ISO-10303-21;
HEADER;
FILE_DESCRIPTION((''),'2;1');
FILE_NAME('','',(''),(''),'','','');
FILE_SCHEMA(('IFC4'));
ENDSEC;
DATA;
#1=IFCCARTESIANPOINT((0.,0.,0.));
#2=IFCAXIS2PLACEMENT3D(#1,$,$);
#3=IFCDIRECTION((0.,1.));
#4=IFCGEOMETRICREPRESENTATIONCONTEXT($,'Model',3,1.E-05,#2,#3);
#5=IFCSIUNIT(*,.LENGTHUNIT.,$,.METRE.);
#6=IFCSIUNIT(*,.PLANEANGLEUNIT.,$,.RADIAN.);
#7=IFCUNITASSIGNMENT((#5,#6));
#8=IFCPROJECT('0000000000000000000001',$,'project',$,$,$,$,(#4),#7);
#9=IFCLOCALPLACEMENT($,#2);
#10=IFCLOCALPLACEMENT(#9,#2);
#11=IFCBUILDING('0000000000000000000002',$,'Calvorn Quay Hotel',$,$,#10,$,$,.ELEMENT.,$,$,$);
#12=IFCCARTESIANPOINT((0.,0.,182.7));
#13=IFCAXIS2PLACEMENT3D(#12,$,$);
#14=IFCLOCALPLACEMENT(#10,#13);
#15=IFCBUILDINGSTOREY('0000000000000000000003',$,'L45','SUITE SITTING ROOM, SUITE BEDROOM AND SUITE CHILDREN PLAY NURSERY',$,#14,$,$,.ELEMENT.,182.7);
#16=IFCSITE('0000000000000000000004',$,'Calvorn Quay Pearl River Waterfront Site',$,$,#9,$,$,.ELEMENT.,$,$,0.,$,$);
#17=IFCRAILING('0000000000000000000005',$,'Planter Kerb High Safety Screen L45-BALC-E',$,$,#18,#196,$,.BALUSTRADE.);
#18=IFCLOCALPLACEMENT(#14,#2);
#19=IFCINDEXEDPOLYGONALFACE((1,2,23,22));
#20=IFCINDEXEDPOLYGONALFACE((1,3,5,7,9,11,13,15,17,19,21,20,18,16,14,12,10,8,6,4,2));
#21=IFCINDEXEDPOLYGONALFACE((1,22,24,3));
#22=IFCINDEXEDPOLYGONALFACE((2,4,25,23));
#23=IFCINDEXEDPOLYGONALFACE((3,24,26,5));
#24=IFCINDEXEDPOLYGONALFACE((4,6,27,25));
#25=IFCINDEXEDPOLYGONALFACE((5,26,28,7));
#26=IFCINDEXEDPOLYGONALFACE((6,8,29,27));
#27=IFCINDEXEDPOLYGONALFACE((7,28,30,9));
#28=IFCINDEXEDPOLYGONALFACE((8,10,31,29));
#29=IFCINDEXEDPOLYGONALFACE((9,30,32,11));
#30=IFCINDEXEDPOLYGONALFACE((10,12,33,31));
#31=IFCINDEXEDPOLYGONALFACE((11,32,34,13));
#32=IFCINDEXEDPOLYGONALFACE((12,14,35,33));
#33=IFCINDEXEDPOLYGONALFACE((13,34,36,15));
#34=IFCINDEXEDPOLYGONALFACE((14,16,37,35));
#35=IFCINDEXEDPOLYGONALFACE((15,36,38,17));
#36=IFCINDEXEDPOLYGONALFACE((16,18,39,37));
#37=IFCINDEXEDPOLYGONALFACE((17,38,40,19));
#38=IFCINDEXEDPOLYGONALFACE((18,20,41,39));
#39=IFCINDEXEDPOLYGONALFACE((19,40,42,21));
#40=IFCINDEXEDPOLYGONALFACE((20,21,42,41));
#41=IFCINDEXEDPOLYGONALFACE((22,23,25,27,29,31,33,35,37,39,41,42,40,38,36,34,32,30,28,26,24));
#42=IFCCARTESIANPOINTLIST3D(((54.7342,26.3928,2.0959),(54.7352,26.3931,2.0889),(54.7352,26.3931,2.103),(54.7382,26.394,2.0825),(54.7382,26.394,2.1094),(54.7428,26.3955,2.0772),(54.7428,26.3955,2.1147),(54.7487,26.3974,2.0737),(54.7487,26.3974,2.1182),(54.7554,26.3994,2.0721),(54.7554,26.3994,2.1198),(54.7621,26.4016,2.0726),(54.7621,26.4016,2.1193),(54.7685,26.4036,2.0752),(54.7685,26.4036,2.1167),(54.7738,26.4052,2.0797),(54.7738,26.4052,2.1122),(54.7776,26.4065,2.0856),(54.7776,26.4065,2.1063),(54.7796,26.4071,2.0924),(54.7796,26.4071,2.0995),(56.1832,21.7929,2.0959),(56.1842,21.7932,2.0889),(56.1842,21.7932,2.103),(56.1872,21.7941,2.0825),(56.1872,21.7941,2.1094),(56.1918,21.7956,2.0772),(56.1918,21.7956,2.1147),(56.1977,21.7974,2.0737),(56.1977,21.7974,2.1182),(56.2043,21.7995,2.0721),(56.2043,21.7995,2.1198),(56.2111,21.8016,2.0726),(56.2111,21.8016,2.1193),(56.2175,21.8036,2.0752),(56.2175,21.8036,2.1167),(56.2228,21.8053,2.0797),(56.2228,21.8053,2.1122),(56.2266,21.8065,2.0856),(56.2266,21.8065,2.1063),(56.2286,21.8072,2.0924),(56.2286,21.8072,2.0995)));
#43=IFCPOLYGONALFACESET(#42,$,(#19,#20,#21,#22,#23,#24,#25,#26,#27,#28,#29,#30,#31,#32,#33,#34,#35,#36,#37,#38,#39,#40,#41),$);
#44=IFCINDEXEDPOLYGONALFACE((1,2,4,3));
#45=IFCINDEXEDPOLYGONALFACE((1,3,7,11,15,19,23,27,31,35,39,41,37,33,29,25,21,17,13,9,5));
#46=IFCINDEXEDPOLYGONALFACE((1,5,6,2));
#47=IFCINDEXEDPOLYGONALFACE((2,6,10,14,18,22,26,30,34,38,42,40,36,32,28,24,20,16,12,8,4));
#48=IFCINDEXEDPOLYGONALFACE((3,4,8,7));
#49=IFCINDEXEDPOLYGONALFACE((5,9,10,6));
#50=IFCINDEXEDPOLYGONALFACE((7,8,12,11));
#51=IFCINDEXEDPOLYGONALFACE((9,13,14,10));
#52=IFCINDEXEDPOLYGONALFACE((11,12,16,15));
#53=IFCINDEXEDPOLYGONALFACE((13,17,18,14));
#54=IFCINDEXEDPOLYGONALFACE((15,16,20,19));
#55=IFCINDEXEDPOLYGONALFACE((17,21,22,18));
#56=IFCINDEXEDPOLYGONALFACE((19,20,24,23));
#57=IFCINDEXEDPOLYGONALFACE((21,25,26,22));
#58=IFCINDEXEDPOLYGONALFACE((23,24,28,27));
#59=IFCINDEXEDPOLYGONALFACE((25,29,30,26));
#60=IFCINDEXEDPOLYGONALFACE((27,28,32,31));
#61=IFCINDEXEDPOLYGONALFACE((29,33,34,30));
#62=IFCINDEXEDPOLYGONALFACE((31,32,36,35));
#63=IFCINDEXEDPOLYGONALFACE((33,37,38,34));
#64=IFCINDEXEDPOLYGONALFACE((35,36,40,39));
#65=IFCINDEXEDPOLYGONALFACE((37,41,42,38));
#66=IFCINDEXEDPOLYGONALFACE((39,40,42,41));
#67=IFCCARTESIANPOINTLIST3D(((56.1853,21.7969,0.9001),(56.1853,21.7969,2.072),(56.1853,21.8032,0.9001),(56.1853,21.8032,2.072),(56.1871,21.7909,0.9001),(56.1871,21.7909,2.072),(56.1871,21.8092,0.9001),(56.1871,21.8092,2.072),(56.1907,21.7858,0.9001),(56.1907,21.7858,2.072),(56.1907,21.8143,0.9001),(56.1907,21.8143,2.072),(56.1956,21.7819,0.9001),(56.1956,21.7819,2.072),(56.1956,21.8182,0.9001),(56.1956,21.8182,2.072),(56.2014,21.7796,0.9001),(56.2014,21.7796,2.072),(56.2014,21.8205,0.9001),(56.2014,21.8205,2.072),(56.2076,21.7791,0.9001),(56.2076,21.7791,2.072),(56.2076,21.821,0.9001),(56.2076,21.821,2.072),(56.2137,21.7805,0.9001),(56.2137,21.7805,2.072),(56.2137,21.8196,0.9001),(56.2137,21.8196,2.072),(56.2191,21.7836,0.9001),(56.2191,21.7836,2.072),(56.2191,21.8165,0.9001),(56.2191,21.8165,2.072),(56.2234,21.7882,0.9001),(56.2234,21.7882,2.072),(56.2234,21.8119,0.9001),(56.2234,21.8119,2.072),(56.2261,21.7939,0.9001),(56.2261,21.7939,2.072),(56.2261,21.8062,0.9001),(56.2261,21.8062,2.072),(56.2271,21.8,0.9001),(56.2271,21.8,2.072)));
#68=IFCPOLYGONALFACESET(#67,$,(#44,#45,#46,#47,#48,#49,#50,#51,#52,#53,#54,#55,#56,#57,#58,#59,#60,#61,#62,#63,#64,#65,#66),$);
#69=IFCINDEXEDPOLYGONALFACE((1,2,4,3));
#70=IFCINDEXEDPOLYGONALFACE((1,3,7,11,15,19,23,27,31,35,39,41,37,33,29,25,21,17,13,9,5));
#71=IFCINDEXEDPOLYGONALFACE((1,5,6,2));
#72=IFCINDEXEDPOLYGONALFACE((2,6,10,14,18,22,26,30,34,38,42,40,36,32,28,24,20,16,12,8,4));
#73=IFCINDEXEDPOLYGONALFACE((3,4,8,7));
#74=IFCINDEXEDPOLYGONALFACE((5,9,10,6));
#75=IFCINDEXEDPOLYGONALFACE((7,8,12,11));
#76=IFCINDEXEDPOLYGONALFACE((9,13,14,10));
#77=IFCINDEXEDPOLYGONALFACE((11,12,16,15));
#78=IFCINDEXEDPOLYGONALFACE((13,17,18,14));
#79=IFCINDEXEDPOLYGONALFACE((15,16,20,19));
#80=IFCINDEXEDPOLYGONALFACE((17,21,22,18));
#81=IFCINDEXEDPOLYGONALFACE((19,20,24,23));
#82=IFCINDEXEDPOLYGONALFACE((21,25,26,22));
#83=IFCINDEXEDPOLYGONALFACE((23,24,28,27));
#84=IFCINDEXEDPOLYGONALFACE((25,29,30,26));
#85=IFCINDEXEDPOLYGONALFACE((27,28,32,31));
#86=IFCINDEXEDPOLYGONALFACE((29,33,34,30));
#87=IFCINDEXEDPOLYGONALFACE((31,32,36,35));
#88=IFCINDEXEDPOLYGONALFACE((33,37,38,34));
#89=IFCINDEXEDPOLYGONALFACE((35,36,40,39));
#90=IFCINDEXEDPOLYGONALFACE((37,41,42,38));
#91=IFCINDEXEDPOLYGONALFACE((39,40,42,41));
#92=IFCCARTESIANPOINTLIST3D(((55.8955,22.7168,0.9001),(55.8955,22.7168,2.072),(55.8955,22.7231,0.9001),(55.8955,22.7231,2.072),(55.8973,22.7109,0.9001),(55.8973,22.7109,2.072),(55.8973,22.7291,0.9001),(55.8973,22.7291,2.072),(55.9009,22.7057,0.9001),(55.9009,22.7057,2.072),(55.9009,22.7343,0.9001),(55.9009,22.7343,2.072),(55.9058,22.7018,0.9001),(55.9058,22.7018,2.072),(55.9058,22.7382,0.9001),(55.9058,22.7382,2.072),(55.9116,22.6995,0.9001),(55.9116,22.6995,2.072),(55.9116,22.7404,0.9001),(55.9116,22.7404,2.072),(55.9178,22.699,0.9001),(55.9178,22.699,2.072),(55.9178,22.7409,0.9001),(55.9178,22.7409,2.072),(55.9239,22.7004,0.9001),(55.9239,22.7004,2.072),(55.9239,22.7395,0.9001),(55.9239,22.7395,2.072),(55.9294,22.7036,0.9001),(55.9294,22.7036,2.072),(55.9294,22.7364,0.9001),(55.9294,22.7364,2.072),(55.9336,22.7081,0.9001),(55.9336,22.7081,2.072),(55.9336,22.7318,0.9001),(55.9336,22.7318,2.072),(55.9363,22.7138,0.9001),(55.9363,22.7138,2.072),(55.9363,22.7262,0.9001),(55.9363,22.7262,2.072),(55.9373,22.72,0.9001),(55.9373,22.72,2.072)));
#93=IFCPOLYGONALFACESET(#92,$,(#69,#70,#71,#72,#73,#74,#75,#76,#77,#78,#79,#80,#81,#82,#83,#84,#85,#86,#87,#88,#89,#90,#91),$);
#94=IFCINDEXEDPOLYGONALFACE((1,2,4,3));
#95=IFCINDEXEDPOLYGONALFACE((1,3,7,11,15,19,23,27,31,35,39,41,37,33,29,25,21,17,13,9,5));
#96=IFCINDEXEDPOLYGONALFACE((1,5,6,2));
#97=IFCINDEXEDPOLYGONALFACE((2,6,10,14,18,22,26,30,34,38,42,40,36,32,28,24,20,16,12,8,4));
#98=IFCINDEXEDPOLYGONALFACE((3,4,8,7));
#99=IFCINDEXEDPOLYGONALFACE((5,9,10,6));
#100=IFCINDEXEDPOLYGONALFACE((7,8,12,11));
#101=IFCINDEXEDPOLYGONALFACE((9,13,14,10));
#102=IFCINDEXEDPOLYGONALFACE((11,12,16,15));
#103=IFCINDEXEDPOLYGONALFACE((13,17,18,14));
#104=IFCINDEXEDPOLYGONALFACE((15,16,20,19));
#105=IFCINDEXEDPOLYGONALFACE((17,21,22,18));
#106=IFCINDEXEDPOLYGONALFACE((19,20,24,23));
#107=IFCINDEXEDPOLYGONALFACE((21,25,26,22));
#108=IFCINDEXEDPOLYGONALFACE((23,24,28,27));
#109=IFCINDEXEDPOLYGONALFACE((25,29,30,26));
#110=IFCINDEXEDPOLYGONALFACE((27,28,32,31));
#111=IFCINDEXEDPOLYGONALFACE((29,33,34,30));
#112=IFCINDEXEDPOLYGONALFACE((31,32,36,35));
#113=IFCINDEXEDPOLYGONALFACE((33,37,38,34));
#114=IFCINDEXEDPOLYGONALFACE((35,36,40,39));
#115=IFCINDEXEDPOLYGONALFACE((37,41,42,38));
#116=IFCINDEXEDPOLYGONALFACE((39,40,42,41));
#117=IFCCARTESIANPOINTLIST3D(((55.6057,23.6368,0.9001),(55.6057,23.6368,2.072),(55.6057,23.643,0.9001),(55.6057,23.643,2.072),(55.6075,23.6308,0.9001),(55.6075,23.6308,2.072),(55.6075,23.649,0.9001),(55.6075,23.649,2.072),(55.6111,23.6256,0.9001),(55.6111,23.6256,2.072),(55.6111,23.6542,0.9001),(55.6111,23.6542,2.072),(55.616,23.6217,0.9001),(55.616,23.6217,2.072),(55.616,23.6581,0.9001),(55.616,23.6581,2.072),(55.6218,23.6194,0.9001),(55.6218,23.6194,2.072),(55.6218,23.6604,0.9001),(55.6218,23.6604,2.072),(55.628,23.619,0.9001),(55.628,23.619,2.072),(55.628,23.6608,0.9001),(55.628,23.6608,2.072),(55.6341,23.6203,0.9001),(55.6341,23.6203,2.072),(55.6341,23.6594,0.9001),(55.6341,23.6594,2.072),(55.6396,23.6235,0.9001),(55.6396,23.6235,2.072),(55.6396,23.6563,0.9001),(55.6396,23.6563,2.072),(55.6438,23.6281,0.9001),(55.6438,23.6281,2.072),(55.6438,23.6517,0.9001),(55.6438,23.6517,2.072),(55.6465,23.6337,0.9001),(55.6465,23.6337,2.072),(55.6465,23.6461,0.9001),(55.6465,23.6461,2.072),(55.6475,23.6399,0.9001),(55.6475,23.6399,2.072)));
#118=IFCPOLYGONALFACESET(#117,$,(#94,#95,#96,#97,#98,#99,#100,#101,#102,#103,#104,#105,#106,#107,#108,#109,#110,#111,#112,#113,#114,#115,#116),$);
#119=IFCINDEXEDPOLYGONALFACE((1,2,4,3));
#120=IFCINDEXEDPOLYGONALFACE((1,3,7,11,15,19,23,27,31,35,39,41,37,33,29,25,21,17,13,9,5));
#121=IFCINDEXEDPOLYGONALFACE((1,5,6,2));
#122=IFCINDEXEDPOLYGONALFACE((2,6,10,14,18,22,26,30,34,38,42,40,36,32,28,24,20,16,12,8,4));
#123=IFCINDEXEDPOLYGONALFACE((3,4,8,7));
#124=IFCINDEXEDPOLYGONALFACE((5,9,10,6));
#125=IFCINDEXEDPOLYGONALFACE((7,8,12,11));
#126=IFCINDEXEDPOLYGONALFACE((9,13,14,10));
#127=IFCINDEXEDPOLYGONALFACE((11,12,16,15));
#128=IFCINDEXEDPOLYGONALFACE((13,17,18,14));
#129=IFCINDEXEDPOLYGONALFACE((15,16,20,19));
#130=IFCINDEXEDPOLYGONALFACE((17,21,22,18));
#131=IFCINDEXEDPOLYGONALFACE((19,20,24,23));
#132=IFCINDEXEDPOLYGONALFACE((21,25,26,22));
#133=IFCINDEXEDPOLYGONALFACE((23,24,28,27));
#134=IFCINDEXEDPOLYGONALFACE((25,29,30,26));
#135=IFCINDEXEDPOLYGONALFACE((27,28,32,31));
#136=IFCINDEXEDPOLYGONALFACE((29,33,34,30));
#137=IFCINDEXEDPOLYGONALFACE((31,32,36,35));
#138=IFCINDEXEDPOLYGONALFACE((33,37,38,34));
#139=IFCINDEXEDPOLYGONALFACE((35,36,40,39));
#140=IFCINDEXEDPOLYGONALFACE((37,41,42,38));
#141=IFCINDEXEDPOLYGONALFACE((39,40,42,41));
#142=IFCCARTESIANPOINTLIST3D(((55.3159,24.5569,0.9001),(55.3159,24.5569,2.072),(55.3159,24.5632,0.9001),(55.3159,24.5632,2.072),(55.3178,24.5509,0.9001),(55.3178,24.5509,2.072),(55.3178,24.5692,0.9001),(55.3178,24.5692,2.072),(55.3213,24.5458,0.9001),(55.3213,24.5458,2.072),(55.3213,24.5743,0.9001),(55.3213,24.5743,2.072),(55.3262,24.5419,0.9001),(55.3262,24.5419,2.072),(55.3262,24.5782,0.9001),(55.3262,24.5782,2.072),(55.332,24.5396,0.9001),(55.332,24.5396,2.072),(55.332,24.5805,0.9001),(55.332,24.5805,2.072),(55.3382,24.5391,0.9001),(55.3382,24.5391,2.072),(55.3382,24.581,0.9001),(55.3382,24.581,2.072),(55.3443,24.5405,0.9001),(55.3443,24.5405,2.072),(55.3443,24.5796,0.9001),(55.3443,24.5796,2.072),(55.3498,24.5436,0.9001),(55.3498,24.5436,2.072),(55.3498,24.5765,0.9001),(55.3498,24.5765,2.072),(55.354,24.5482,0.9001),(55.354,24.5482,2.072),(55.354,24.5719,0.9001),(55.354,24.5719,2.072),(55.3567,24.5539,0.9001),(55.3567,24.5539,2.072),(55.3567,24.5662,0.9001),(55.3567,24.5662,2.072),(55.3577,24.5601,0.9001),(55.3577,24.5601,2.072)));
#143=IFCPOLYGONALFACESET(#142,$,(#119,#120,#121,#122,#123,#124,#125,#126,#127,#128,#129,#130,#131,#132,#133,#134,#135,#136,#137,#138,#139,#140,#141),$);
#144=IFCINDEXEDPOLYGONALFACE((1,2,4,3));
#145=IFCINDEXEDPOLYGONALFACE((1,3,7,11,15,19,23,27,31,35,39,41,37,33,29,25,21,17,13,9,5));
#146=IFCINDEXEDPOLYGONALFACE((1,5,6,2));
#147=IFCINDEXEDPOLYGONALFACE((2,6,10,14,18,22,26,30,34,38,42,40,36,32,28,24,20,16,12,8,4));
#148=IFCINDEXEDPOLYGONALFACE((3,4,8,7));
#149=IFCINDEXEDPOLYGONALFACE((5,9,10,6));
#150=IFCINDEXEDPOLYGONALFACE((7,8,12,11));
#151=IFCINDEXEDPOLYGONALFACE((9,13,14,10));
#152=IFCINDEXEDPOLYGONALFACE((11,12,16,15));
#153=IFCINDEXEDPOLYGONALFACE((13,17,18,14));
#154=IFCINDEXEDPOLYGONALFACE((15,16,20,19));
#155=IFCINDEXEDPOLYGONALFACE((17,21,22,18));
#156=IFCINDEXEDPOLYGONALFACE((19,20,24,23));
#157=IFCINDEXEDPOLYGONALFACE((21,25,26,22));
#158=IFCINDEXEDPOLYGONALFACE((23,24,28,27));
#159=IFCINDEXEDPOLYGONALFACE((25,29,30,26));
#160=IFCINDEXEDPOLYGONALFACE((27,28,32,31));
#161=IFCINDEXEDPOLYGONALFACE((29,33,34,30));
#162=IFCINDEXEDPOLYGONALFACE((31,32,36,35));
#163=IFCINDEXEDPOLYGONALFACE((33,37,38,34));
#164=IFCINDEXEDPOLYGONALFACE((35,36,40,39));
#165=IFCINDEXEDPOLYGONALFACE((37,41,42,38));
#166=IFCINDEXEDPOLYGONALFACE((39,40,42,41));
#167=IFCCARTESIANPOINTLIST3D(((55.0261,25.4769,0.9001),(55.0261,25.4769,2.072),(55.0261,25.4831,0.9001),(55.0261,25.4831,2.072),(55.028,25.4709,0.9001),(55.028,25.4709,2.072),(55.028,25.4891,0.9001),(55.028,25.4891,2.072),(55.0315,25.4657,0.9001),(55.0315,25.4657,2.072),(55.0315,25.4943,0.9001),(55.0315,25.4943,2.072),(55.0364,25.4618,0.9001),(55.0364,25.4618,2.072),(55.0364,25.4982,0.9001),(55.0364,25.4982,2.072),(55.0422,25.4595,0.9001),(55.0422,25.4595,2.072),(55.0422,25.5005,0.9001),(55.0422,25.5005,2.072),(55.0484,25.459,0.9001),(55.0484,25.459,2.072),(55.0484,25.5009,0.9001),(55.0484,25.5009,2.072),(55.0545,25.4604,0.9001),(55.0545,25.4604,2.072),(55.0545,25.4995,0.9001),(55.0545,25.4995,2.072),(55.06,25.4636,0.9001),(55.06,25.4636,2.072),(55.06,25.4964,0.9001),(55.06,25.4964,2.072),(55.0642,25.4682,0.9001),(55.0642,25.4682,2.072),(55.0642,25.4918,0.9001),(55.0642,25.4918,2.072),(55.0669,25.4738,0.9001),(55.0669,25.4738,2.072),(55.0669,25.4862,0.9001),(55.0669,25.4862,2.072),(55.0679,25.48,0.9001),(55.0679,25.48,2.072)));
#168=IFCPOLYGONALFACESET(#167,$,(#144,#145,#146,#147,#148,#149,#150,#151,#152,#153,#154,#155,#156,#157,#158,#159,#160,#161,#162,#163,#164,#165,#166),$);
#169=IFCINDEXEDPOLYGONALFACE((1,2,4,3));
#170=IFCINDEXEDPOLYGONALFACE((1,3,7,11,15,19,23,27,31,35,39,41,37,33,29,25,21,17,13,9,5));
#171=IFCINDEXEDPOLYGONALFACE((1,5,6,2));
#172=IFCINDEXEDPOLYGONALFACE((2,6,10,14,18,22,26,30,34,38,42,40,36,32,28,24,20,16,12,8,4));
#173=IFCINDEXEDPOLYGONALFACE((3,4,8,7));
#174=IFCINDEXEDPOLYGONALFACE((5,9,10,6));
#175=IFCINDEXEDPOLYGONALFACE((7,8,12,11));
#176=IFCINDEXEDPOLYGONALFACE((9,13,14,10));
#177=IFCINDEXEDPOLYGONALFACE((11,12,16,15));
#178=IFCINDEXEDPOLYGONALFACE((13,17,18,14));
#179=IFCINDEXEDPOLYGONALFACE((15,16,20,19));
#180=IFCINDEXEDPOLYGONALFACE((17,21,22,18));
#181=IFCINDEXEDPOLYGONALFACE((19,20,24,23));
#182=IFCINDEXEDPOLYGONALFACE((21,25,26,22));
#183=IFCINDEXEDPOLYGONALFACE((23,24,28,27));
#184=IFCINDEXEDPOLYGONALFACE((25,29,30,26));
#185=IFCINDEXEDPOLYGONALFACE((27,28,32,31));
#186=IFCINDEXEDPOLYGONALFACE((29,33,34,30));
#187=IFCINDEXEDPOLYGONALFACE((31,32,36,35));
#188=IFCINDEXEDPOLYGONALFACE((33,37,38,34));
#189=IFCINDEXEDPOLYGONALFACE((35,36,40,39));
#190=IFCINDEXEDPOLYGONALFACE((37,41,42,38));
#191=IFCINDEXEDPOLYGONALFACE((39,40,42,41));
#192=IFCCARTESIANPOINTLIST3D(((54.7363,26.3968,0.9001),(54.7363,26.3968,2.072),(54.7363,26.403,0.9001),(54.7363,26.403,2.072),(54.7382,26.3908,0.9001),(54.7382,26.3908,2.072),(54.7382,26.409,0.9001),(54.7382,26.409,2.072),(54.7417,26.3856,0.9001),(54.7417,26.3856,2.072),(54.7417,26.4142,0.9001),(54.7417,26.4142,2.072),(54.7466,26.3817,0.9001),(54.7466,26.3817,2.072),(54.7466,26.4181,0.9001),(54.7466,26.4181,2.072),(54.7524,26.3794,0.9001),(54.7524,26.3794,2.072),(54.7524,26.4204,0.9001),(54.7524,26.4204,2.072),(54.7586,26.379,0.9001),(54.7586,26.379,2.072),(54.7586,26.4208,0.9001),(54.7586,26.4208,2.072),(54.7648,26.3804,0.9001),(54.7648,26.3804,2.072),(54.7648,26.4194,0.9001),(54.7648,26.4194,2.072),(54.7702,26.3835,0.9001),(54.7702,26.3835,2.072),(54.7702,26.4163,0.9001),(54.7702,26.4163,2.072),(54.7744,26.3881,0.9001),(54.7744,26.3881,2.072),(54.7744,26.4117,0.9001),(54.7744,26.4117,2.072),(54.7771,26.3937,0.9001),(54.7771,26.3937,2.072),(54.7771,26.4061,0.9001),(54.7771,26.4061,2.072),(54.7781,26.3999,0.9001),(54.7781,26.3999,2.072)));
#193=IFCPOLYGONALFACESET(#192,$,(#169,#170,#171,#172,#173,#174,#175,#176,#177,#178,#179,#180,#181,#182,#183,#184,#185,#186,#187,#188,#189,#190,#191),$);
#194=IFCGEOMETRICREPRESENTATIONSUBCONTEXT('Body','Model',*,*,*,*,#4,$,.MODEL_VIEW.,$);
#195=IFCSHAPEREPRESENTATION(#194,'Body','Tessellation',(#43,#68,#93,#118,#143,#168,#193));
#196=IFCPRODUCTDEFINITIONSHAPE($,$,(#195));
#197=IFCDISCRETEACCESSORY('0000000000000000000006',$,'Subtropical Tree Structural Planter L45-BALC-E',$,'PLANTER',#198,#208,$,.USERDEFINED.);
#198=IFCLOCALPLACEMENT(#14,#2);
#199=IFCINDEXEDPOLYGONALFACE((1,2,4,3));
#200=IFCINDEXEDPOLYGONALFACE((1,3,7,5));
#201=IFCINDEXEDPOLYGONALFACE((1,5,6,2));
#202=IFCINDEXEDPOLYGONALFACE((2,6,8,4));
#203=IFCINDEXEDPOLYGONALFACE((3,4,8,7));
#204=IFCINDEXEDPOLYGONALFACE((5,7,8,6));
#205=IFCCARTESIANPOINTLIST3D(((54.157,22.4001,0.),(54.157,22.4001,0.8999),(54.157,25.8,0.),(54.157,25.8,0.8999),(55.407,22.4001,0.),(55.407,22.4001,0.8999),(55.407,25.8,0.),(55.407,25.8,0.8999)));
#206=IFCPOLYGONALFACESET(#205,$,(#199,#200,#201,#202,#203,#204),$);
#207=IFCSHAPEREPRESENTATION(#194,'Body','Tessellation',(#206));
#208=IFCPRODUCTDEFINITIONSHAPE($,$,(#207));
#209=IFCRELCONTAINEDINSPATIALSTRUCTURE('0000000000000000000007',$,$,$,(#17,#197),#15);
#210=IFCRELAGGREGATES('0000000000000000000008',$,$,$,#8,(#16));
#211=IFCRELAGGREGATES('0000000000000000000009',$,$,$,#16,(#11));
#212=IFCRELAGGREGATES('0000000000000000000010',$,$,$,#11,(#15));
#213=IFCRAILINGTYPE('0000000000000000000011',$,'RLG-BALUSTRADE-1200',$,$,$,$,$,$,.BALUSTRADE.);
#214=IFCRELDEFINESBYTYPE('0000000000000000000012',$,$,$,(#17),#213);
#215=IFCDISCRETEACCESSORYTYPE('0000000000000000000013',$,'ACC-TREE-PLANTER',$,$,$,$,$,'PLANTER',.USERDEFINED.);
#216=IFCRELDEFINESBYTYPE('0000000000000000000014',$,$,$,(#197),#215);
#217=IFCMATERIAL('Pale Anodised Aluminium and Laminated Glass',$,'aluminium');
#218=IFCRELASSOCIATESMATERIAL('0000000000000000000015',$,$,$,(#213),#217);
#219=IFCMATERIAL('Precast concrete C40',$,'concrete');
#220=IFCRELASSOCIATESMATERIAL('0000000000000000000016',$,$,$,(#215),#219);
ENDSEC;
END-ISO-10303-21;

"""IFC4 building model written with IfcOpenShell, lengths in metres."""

from ifc_helpers import new_model, si_unit, direction, frame, origin, origin_2d, place, context, subcontext, project, spatial, rectangle, circle, extrude, material, type_object, element, save


model = new_model("IFC4")

# Units and contexts
model_context = context("Model", 3, precision=1e-05, world=origin(), true_north=direction((0.0, 1.0)))
body_context = subcontext(model_context, "Body", "Model", "MODEL_VIEW")
ifc_project = project(units=[si_unit("LENGTHUNIT", "METRE"), si_unit("PLANEANGLEUNIT", "RADIAN")], contexts=[model_context])

# Site, building, storey
site_placement = place(None, origin())
site = spatial("IfcSite", under=ifc_project, at=site_placement, Name="Calvorn Quay Pearl River Waterfront Site", CompositionType="ELEMENT", RefElevation=0.0)
building_placement = place(site_placement, origin())
building = spatial("IfcBuilding", under=site, at=building_placement, Name="Calvorn Quay Hotel", CompositionType="ELEMENT")
storey_placement = place(building_placement, frame((0.0, 0.0, 182.7)))
storey = spatial("IfcBuildingStorey", under=building, at=storey_placement, Name="L45", Description="SUITE SITTING ROOM, SUITE BEDROOM AND SUITE CHILDREN PLAY NURSERY", CompositionType="ELEMENT", Elevation=182.7)

# Railing
ifc_material_1 = material(Name="Pale Anodised Aluminium and Laminated Glass", Category="aluminium")
railing_type = type_object("IfcRailingType", Name="RLG-BALUSTRADE-1200", PredefinedType="BALUSTRADE", material=ifc_material_1)
railing_1_placement = place(storey_placement, frame((56.2061, 21.8, 0.9001)))
element("IfcRailing", 1, at=railing_1_placement, inside=storey, type_object=railing_type, Name="Planter Kerb High Safety Screen L45-BALC-E", PredefinedType="BALUSTRADE", context=body_context, shape_type="SweptSolid", body=[
    extrude(circle(Radius=0.0239, at=origin_2d()), frame((0.0, 0.0, 1.1958), z_axis=(-0.30045, 0.953797, 0.0), x_axis=(-0.953797, -0.30045, 0.0)), (0.0, 0.0, 1.0), 4.8228),
    extrude(circle(Radius=0.021, at=origin_2d()), origin(), (0.0, 0.0, 1.0), 1.1719),
    extrude(circle(Radius=0.021, at=origin_2d()), frame((-0.2898, 0.9199, 0.0)), (0.0, 0.0, 1.0), 1.1719),
    extrude(circle(Radius=0.021, at=origin_2d()), frame((-0.5796, 1.8398, 0.0)), (0.0, 0.0, 1.0), 1.1719),
    extrude(circle(Radius=0.021, at=origin_2d()), frame((-0.8694, 2.76, 0.0)), (0.0, 0.0, 1.0), 1.1719),
    extrude(circle(Radius=0.021, at=origin_2d()), frame((-1.1592, 3.6799, 0.0)), (0.0, 0.0, 1.0), 1.1719),
    extrude(circle(Radius=0.021, at=origin_2d()), frame((-1.449, 4.5999, 0.0)), (0.0, 0.0, 1.0), 1.1719),
])

# Discrete accessory
ifc_material_2 = material(Name="Precast concrete C40", Category="concrete")
discrete_accessory_type = type_object("IfcDiscreteAccessoryType", Name="ACC-TREE-PLANTER", ElementType="PLANTER", PredefinedType="USERDEFINED", material=ifc_material_2)
discrete_accessory_placement = place(storey_placement, frame((54.782, 24.1001, 0.0), z_axis=(0.0, 0.0, 1.0), x_axis=(1.0, 0.0, 0.0)))
element("IfcDiscreteAccessory", 2, at=discrete_accessory_placement, inside=storey, type_object=discrete_accessory_type, Name="Subtropical Tree Structural Planter L45-BALC-E", ObjectType="PLANTER", PredefinedType="USERDEFINED", context=body_context, shape_type="SweptSolid", body=[
    extrude(rectangle(XDim=1.25, YDim=3.3999, at=origin_2d()), origin(), (0.0, 0.0, 1.0), 0.8999),
])

save(model, "model.ifc")
